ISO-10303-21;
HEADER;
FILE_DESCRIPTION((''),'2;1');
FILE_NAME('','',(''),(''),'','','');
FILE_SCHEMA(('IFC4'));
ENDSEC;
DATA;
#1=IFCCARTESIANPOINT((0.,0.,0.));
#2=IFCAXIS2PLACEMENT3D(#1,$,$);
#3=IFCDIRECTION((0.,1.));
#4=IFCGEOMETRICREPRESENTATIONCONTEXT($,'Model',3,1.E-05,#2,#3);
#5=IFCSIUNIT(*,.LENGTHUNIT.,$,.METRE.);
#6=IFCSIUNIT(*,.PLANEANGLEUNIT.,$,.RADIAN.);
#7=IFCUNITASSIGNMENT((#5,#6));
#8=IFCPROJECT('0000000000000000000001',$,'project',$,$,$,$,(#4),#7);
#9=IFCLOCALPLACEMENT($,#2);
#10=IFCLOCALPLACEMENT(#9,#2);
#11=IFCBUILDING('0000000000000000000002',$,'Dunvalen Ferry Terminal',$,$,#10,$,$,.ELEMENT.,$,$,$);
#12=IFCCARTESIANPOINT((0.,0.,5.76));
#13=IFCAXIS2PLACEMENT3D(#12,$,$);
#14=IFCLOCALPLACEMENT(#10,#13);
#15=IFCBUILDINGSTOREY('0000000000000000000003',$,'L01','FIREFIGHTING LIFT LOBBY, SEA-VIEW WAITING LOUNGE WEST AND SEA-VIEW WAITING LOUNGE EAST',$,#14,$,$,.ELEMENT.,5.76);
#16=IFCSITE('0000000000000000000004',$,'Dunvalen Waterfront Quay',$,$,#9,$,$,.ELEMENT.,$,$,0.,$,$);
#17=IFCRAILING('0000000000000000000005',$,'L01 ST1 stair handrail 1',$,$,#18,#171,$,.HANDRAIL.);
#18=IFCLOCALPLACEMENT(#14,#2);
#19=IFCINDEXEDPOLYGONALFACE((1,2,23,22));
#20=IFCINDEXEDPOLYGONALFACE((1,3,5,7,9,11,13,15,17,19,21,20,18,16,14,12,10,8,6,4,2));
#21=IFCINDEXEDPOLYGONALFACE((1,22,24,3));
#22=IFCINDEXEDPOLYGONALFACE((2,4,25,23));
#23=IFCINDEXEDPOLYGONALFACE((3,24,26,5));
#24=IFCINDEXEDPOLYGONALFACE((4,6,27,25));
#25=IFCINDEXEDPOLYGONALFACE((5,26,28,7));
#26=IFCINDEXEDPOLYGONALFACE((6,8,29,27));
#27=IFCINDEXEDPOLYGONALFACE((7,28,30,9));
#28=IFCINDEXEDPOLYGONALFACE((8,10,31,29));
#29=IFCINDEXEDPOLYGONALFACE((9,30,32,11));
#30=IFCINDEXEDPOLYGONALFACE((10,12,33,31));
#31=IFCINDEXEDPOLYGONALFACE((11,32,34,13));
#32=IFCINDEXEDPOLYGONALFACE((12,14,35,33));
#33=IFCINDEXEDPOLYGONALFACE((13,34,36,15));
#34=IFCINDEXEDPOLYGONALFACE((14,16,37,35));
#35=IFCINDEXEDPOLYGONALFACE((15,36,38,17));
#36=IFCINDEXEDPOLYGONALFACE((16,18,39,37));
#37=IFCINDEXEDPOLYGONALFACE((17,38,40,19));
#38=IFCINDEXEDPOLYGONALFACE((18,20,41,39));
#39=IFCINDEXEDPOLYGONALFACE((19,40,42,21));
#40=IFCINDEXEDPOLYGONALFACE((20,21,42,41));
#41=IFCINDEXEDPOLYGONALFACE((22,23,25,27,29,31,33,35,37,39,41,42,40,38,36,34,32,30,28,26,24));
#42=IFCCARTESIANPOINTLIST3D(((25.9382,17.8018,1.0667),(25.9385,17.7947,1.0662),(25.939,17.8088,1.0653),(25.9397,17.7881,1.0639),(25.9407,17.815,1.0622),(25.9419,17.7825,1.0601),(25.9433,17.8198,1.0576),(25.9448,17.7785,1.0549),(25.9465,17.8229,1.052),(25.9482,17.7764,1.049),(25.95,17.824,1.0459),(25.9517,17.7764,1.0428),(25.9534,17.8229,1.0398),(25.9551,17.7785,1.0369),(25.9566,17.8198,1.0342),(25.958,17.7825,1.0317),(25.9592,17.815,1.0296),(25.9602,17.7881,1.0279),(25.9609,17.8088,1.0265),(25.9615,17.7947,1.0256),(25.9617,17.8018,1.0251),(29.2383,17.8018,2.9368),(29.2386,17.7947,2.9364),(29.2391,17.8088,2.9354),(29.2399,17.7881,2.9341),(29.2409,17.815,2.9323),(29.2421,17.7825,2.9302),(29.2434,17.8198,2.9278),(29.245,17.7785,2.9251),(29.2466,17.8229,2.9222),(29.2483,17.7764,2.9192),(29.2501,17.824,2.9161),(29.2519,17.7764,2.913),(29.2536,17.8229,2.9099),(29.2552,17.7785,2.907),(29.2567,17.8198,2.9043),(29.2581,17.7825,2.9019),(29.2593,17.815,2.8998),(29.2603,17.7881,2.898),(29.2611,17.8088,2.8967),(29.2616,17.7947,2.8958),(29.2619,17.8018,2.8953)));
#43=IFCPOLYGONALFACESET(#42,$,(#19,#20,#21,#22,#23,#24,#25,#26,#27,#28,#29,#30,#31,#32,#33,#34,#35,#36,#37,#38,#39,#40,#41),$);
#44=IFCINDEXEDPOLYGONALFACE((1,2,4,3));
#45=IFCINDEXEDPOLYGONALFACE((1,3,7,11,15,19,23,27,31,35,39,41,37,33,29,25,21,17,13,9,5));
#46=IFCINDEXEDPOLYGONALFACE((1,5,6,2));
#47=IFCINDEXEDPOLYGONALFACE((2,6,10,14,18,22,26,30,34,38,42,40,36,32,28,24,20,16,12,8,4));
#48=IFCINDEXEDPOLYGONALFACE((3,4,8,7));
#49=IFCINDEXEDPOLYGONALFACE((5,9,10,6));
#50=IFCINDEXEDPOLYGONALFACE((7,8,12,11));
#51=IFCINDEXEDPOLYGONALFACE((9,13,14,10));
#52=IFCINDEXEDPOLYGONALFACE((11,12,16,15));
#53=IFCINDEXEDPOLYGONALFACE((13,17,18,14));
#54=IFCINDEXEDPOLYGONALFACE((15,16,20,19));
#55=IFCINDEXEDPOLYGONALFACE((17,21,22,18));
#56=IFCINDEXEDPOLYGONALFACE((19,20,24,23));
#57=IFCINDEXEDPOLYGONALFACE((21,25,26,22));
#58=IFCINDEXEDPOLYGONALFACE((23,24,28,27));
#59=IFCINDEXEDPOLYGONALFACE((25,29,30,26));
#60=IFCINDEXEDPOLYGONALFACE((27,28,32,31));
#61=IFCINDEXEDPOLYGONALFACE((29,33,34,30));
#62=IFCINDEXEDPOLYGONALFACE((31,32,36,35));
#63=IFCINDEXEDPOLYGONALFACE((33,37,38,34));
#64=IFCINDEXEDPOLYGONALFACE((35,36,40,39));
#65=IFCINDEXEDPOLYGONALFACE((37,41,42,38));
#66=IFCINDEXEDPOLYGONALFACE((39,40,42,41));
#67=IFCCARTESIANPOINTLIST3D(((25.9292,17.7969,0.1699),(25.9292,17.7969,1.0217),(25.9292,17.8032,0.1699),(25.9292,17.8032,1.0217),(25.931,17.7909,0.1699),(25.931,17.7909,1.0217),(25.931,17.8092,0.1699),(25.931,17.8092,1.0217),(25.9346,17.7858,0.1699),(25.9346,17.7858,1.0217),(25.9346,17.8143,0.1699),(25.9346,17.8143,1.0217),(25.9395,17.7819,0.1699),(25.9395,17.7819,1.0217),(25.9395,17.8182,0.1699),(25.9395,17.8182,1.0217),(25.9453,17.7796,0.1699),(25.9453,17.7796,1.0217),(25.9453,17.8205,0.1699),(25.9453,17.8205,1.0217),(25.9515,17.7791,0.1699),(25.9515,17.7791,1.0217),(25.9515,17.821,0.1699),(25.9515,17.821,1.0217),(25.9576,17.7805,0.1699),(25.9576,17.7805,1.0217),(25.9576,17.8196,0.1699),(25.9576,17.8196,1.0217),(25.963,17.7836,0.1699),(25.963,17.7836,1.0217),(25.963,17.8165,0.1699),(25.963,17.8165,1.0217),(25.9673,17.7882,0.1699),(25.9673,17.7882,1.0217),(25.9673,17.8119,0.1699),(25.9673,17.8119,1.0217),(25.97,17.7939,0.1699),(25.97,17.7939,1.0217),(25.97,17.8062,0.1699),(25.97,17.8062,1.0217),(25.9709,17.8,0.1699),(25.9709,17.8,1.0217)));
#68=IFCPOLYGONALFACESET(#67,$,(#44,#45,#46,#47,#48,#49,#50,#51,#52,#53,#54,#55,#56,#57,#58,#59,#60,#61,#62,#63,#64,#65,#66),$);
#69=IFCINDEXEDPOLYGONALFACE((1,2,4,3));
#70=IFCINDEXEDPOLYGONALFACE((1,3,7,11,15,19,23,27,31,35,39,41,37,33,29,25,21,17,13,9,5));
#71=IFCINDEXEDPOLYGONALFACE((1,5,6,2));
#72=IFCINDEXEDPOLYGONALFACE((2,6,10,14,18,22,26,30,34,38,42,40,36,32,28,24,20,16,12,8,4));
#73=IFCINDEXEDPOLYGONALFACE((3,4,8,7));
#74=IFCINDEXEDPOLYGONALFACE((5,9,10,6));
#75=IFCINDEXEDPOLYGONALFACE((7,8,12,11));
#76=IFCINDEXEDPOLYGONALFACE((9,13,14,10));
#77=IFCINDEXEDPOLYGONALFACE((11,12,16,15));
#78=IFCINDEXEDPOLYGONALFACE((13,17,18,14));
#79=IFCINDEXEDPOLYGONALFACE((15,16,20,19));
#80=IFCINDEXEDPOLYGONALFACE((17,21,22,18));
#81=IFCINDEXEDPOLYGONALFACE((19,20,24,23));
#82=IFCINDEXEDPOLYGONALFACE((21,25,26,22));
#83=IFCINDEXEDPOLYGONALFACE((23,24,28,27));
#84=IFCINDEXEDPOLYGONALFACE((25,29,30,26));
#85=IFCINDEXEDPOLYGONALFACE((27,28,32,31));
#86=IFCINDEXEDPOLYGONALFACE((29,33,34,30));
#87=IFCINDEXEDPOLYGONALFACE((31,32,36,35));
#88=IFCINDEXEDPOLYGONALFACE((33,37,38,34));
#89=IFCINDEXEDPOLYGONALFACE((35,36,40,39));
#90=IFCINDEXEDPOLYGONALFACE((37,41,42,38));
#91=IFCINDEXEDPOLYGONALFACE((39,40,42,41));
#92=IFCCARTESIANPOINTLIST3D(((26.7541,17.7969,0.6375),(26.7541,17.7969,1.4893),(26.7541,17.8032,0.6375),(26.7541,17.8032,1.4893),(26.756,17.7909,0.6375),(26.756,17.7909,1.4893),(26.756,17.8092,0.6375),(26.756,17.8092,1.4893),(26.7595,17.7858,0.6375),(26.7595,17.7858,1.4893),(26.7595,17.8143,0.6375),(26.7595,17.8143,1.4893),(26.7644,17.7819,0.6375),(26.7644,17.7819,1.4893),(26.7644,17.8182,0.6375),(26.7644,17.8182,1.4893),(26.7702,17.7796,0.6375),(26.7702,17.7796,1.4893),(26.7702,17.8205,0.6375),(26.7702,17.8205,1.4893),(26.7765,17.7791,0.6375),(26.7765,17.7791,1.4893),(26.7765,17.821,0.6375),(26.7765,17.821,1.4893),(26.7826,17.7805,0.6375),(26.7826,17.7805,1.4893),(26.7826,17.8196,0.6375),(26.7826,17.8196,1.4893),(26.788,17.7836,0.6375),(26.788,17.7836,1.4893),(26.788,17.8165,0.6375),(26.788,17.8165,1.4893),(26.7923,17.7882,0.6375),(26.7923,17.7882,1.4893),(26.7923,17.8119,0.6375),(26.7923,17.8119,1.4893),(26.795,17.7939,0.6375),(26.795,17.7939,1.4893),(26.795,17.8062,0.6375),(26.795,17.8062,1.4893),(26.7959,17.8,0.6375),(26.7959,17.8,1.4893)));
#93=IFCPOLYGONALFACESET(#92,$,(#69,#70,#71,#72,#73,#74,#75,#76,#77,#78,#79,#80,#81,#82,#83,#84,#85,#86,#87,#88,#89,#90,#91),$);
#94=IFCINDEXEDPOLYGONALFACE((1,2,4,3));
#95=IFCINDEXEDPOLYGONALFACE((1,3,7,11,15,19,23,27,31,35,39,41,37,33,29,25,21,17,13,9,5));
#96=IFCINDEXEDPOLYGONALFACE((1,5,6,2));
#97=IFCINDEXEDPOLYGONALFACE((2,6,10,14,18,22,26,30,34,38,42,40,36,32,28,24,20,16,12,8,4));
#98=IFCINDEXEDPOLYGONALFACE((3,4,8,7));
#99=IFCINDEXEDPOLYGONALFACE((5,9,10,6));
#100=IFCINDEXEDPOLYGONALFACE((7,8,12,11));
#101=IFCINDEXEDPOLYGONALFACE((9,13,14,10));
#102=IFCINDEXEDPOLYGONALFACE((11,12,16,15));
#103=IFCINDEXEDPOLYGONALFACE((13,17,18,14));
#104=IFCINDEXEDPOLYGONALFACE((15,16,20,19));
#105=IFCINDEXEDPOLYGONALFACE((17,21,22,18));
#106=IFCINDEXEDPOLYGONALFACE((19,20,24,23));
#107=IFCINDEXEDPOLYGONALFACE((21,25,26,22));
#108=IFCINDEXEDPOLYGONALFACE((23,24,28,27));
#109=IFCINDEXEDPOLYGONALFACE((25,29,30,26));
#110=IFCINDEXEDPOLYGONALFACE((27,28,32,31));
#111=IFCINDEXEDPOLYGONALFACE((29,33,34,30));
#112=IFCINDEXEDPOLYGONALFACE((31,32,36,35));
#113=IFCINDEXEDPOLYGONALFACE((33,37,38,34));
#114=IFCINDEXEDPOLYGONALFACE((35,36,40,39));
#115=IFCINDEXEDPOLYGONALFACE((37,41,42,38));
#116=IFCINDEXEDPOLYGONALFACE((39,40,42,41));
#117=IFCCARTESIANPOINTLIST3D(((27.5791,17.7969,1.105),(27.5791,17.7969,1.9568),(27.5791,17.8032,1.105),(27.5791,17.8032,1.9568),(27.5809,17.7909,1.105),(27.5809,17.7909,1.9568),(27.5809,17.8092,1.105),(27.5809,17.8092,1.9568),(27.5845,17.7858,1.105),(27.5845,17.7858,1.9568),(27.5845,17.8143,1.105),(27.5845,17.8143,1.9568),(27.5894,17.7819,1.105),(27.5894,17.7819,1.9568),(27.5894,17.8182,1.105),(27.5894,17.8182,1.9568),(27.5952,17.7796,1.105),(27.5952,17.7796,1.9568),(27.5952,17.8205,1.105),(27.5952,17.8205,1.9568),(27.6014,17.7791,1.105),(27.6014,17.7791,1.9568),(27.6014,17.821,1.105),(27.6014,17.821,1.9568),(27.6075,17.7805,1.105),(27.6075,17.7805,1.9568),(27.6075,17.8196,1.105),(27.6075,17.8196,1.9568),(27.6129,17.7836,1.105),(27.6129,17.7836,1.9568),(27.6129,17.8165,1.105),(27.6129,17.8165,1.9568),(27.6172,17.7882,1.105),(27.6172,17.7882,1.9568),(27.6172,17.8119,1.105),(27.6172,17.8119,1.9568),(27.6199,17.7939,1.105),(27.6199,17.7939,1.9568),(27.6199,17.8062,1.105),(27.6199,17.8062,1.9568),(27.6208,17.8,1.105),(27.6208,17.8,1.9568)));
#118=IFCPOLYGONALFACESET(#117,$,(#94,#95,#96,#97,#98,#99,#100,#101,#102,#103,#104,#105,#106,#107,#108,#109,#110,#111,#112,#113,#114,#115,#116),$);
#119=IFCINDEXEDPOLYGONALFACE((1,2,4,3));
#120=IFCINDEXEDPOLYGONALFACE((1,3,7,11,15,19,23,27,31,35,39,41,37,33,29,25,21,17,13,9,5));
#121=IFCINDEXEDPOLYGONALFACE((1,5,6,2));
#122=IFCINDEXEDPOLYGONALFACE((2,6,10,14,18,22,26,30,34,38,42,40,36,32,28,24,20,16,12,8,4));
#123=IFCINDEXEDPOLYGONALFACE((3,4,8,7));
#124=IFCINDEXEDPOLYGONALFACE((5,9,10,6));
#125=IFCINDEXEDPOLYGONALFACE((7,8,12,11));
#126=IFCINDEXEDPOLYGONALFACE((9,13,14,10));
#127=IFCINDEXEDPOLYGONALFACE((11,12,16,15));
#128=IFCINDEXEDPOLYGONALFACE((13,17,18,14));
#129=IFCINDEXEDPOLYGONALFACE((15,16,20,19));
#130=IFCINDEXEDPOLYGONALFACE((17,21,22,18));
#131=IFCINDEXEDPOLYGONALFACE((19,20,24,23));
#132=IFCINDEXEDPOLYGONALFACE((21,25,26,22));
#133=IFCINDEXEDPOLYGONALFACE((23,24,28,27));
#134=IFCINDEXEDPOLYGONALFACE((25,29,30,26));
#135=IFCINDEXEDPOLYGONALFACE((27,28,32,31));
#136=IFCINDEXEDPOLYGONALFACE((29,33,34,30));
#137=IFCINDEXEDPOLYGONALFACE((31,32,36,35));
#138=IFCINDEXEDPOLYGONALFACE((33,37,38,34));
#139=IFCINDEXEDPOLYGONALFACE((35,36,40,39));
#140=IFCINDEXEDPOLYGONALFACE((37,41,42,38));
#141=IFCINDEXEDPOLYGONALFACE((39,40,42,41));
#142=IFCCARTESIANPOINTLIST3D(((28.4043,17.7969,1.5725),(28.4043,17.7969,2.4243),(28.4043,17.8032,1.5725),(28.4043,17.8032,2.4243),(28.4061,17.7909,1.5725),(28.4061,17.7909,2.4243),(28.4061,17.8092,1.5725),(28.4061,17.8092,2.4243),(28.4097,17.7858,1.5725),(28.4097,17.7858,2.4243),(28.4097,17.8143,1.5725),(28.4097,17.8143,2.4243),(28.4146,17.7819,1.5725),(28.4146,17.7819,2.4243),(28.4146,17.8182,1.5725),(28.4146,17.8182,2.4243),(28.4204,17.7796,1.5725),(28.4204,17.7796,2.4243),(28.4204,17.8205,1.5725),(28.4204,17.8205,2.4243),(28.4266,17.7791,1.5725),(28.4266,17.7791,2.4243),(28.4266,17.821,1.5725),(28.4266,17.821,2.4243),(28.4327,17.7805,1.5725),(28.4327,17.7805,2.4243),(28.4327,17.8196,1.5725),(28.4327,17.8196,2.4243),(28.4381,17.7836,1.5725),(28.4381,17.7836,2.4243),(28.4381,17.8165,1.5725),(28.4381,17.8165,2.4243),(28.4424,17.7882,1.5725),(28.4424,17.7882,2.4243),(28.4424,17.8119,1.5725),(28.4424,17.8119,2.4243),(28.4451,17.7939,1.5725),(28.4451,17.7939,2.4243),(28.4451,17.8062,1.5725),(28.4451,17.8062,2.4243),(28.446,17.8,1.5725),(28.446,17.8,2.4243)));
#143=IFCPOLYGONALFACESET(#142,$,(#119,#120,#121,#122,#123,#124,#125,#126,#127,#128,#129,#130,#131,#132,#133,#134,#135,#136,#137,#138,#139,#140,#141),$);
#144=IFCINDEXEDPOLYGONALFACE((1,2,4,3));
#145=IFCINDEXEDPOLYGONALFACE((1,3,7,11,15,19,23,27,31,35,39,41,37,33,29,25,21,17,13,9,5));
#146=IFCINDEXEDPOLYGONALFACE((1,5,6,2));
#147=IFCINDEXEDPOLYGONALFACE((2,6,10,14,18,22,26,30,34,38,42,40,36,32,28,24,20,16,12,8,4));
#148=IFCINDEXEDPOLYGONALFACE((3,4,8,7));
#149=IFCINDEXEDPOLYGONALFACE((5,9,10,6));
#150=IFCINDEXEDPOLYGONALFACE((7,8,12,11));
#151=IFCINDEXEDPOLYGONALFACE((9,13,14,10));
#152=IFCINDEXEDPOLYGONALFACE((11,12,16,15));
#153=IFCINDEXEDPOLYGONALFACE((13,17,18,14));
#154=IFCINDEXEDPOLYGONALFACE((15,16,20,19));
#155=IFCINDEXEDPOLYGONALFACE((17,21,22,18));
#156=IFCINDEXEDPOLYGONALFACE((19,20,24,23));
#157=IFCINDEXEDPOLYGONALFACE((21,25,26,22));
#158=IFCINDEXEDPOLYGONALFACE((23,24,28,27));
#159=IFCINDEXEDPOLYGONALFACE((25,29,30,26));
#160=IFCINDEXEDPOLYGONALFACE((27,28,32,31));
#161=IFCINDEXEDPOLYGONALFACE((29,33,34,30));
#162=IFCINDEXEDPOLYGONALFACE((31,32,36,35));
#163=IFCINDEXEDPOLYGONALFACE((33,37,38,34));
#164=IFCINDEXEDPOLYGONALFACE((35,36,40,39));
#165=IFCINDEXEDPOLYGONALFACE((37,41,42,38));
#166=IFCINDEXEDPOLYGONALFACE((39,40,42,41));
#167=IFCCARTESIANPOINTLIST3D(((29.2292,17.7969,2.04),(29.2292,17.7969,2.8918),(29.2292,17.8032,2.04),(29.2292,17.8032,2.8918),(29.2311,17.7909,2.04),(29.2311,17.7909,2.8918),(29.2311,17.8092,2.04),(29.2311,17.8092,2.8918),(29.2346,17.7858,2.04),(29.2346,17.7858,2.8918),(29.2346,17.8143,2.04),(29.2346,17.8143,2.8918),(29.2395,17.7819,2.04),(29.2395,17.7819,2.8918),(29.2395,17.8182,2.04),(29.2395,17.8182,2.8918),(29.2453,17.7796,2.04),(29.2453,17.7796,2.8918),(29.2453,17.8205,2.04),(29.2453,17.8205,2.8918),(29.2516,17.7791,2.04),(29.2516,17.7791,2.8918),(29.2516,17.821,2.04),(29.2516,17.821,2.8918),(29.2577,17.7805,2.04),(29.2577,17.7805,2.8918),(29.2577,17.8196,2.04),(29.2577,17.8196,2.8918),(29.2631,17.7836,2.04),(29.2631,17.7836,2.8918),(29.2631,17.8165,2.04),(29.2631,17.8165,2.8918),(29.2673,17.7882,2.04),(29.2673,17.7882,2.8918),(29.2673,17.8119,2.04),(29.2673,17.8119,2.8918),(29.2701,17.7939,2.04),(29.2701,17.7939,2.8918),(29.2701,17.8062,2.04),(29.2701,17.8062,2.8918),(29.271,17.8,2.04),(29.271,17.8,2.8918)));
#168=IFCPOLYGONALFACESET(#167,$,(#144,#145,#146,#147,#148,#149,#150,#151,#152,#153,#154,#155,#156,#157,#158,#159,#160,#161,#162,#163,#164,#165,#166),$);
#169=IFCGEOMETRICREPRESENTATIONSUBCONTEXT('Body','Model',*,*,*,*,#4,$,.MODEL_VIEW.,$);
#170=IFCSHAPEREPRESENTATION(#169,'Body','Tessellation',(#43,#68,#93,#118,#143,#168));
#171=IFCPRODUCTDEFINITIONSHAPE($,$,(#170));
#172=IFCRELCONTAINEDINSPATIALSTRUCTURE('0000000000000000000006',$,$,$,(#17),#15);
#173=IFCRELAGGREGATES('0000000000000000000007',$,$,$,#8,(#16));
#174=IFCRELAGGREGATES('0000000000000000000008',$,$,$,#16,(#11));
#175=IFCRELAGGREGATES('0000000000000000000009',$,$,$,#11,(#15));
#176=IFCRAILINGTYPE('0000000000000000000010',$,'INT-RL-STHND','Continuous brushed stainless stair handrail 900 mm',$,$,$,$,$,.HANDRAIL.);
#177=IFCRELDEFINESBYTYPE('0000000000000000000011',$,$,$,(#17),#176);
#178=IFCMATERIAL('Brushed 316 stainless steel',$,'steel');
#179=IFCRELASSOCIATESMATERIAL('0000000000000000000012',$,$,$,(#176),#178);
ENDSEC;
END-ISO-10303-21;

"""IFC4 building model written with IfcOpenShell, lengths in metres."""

from ifc_helpers import new_model, si_unit, direction, frame, origin, origin_2d, place, context, subcontext, project, spatial, circle, extrude, material, type_object, element, save


model = new_model("IFC4")

# Units and contexts
model_context = context("Model", 3, precision=1e-05, world=origin(), true_north=direction((0.0, 1.0)))
body_context = subcontext(model_context, "Body", "Model", "MODEL_VIEW")
ifc_project = project(units=[si_unit("LENGTHUNIT", "METRE"), si_unit("PLANEANGLEUNIT", "RADIAN")], contexts=[model_context])

# Site, building, storey
site_placement = place(None, origin())
site = spatial("IfcSite", under=ifc_project, at=site_placement, Name="Dunvalen Waterfront Quay", CompositionType="ELEMENT", RefElevation=0.0)
building_placement = place(site_placement, origin())
building = spatial("IfcBuilding", under=site, at=building_placement, Name="Dunvalen Ferry Terminal", CompositionType="ELEMENT")
storey_placement = place(building_placement, frame((0.0, 0.0, 5.76)))
storey = spatial("IfcBuildingStorey", under=building, at=storey_placement, Name="L01", Description="FIREFIGHTING LIFT LOBBY, SEA-VIEW WAITING LOUNGE WEST AND SEA-VIEW WAITING LOUNGE EAST", CompositionType="ELEMENT", Elevation=5.76)

# Railing
ifc_material_1 = material(Name="Brushed 316 stainless steel", Category="steel")
railing_type_1 = type_object("IfcRailingType", Name="INT-RL-STHND", Description="Continuous brushed stainless stair handrail 900 mm", PredefinedType="HANDRAIL", material=ifc_material_1)
railing_1_placement = place(storey_placement, frame((25.95, 17.8, 0.1699)))
element("IfcRailing", 1, at=railing_1_placement, inside=storey, type_object=railing_type_1, Name="L01 ST1 stair handrail 1", PredefinedType="HANDRAIL", context=body_context, shape_type="SweptSolid", body=[
    extrude(circle(Radius=0.0239, at=origin_2d()), frame((0.0, 0.0, 0.876), z_axis=(0.870012, 0.0, 0.49303), x_axis=(0.0, 1.0, 0.0)), (0.0, 0.0, 1.0), 3.7932),
    extrude(circle(Radius=0.021, at=origin_2d()), origin(), (0.0, 0.0, 1.0), 0.8518),
    extrude(circle(Radius=0.021, at=origin_2d()), frame((0.825, 0.0, 0.4675)), (0.0, 0.0, 1.0), 0.8518),
    extrude(circle(Radius=0.021, at=origin_2d()), frame((1.6499, 0.0, 0.9351)), (0.0, 0.0, 1.0), 0.8518),
    extrude(circle(Radius=0.021, at=origin_2d()), frame((2.4751, 0.0, 1.4026)), (0.0, 0.0, 1.0), 0.8518),
    extrude(circle(Radius=0.021, at=origin_2d()), frame((3.3, 0.0, 1.8701)), (0.0, 0.0, 1.0), 0.8518),
])

save(model, "model.ifc")
